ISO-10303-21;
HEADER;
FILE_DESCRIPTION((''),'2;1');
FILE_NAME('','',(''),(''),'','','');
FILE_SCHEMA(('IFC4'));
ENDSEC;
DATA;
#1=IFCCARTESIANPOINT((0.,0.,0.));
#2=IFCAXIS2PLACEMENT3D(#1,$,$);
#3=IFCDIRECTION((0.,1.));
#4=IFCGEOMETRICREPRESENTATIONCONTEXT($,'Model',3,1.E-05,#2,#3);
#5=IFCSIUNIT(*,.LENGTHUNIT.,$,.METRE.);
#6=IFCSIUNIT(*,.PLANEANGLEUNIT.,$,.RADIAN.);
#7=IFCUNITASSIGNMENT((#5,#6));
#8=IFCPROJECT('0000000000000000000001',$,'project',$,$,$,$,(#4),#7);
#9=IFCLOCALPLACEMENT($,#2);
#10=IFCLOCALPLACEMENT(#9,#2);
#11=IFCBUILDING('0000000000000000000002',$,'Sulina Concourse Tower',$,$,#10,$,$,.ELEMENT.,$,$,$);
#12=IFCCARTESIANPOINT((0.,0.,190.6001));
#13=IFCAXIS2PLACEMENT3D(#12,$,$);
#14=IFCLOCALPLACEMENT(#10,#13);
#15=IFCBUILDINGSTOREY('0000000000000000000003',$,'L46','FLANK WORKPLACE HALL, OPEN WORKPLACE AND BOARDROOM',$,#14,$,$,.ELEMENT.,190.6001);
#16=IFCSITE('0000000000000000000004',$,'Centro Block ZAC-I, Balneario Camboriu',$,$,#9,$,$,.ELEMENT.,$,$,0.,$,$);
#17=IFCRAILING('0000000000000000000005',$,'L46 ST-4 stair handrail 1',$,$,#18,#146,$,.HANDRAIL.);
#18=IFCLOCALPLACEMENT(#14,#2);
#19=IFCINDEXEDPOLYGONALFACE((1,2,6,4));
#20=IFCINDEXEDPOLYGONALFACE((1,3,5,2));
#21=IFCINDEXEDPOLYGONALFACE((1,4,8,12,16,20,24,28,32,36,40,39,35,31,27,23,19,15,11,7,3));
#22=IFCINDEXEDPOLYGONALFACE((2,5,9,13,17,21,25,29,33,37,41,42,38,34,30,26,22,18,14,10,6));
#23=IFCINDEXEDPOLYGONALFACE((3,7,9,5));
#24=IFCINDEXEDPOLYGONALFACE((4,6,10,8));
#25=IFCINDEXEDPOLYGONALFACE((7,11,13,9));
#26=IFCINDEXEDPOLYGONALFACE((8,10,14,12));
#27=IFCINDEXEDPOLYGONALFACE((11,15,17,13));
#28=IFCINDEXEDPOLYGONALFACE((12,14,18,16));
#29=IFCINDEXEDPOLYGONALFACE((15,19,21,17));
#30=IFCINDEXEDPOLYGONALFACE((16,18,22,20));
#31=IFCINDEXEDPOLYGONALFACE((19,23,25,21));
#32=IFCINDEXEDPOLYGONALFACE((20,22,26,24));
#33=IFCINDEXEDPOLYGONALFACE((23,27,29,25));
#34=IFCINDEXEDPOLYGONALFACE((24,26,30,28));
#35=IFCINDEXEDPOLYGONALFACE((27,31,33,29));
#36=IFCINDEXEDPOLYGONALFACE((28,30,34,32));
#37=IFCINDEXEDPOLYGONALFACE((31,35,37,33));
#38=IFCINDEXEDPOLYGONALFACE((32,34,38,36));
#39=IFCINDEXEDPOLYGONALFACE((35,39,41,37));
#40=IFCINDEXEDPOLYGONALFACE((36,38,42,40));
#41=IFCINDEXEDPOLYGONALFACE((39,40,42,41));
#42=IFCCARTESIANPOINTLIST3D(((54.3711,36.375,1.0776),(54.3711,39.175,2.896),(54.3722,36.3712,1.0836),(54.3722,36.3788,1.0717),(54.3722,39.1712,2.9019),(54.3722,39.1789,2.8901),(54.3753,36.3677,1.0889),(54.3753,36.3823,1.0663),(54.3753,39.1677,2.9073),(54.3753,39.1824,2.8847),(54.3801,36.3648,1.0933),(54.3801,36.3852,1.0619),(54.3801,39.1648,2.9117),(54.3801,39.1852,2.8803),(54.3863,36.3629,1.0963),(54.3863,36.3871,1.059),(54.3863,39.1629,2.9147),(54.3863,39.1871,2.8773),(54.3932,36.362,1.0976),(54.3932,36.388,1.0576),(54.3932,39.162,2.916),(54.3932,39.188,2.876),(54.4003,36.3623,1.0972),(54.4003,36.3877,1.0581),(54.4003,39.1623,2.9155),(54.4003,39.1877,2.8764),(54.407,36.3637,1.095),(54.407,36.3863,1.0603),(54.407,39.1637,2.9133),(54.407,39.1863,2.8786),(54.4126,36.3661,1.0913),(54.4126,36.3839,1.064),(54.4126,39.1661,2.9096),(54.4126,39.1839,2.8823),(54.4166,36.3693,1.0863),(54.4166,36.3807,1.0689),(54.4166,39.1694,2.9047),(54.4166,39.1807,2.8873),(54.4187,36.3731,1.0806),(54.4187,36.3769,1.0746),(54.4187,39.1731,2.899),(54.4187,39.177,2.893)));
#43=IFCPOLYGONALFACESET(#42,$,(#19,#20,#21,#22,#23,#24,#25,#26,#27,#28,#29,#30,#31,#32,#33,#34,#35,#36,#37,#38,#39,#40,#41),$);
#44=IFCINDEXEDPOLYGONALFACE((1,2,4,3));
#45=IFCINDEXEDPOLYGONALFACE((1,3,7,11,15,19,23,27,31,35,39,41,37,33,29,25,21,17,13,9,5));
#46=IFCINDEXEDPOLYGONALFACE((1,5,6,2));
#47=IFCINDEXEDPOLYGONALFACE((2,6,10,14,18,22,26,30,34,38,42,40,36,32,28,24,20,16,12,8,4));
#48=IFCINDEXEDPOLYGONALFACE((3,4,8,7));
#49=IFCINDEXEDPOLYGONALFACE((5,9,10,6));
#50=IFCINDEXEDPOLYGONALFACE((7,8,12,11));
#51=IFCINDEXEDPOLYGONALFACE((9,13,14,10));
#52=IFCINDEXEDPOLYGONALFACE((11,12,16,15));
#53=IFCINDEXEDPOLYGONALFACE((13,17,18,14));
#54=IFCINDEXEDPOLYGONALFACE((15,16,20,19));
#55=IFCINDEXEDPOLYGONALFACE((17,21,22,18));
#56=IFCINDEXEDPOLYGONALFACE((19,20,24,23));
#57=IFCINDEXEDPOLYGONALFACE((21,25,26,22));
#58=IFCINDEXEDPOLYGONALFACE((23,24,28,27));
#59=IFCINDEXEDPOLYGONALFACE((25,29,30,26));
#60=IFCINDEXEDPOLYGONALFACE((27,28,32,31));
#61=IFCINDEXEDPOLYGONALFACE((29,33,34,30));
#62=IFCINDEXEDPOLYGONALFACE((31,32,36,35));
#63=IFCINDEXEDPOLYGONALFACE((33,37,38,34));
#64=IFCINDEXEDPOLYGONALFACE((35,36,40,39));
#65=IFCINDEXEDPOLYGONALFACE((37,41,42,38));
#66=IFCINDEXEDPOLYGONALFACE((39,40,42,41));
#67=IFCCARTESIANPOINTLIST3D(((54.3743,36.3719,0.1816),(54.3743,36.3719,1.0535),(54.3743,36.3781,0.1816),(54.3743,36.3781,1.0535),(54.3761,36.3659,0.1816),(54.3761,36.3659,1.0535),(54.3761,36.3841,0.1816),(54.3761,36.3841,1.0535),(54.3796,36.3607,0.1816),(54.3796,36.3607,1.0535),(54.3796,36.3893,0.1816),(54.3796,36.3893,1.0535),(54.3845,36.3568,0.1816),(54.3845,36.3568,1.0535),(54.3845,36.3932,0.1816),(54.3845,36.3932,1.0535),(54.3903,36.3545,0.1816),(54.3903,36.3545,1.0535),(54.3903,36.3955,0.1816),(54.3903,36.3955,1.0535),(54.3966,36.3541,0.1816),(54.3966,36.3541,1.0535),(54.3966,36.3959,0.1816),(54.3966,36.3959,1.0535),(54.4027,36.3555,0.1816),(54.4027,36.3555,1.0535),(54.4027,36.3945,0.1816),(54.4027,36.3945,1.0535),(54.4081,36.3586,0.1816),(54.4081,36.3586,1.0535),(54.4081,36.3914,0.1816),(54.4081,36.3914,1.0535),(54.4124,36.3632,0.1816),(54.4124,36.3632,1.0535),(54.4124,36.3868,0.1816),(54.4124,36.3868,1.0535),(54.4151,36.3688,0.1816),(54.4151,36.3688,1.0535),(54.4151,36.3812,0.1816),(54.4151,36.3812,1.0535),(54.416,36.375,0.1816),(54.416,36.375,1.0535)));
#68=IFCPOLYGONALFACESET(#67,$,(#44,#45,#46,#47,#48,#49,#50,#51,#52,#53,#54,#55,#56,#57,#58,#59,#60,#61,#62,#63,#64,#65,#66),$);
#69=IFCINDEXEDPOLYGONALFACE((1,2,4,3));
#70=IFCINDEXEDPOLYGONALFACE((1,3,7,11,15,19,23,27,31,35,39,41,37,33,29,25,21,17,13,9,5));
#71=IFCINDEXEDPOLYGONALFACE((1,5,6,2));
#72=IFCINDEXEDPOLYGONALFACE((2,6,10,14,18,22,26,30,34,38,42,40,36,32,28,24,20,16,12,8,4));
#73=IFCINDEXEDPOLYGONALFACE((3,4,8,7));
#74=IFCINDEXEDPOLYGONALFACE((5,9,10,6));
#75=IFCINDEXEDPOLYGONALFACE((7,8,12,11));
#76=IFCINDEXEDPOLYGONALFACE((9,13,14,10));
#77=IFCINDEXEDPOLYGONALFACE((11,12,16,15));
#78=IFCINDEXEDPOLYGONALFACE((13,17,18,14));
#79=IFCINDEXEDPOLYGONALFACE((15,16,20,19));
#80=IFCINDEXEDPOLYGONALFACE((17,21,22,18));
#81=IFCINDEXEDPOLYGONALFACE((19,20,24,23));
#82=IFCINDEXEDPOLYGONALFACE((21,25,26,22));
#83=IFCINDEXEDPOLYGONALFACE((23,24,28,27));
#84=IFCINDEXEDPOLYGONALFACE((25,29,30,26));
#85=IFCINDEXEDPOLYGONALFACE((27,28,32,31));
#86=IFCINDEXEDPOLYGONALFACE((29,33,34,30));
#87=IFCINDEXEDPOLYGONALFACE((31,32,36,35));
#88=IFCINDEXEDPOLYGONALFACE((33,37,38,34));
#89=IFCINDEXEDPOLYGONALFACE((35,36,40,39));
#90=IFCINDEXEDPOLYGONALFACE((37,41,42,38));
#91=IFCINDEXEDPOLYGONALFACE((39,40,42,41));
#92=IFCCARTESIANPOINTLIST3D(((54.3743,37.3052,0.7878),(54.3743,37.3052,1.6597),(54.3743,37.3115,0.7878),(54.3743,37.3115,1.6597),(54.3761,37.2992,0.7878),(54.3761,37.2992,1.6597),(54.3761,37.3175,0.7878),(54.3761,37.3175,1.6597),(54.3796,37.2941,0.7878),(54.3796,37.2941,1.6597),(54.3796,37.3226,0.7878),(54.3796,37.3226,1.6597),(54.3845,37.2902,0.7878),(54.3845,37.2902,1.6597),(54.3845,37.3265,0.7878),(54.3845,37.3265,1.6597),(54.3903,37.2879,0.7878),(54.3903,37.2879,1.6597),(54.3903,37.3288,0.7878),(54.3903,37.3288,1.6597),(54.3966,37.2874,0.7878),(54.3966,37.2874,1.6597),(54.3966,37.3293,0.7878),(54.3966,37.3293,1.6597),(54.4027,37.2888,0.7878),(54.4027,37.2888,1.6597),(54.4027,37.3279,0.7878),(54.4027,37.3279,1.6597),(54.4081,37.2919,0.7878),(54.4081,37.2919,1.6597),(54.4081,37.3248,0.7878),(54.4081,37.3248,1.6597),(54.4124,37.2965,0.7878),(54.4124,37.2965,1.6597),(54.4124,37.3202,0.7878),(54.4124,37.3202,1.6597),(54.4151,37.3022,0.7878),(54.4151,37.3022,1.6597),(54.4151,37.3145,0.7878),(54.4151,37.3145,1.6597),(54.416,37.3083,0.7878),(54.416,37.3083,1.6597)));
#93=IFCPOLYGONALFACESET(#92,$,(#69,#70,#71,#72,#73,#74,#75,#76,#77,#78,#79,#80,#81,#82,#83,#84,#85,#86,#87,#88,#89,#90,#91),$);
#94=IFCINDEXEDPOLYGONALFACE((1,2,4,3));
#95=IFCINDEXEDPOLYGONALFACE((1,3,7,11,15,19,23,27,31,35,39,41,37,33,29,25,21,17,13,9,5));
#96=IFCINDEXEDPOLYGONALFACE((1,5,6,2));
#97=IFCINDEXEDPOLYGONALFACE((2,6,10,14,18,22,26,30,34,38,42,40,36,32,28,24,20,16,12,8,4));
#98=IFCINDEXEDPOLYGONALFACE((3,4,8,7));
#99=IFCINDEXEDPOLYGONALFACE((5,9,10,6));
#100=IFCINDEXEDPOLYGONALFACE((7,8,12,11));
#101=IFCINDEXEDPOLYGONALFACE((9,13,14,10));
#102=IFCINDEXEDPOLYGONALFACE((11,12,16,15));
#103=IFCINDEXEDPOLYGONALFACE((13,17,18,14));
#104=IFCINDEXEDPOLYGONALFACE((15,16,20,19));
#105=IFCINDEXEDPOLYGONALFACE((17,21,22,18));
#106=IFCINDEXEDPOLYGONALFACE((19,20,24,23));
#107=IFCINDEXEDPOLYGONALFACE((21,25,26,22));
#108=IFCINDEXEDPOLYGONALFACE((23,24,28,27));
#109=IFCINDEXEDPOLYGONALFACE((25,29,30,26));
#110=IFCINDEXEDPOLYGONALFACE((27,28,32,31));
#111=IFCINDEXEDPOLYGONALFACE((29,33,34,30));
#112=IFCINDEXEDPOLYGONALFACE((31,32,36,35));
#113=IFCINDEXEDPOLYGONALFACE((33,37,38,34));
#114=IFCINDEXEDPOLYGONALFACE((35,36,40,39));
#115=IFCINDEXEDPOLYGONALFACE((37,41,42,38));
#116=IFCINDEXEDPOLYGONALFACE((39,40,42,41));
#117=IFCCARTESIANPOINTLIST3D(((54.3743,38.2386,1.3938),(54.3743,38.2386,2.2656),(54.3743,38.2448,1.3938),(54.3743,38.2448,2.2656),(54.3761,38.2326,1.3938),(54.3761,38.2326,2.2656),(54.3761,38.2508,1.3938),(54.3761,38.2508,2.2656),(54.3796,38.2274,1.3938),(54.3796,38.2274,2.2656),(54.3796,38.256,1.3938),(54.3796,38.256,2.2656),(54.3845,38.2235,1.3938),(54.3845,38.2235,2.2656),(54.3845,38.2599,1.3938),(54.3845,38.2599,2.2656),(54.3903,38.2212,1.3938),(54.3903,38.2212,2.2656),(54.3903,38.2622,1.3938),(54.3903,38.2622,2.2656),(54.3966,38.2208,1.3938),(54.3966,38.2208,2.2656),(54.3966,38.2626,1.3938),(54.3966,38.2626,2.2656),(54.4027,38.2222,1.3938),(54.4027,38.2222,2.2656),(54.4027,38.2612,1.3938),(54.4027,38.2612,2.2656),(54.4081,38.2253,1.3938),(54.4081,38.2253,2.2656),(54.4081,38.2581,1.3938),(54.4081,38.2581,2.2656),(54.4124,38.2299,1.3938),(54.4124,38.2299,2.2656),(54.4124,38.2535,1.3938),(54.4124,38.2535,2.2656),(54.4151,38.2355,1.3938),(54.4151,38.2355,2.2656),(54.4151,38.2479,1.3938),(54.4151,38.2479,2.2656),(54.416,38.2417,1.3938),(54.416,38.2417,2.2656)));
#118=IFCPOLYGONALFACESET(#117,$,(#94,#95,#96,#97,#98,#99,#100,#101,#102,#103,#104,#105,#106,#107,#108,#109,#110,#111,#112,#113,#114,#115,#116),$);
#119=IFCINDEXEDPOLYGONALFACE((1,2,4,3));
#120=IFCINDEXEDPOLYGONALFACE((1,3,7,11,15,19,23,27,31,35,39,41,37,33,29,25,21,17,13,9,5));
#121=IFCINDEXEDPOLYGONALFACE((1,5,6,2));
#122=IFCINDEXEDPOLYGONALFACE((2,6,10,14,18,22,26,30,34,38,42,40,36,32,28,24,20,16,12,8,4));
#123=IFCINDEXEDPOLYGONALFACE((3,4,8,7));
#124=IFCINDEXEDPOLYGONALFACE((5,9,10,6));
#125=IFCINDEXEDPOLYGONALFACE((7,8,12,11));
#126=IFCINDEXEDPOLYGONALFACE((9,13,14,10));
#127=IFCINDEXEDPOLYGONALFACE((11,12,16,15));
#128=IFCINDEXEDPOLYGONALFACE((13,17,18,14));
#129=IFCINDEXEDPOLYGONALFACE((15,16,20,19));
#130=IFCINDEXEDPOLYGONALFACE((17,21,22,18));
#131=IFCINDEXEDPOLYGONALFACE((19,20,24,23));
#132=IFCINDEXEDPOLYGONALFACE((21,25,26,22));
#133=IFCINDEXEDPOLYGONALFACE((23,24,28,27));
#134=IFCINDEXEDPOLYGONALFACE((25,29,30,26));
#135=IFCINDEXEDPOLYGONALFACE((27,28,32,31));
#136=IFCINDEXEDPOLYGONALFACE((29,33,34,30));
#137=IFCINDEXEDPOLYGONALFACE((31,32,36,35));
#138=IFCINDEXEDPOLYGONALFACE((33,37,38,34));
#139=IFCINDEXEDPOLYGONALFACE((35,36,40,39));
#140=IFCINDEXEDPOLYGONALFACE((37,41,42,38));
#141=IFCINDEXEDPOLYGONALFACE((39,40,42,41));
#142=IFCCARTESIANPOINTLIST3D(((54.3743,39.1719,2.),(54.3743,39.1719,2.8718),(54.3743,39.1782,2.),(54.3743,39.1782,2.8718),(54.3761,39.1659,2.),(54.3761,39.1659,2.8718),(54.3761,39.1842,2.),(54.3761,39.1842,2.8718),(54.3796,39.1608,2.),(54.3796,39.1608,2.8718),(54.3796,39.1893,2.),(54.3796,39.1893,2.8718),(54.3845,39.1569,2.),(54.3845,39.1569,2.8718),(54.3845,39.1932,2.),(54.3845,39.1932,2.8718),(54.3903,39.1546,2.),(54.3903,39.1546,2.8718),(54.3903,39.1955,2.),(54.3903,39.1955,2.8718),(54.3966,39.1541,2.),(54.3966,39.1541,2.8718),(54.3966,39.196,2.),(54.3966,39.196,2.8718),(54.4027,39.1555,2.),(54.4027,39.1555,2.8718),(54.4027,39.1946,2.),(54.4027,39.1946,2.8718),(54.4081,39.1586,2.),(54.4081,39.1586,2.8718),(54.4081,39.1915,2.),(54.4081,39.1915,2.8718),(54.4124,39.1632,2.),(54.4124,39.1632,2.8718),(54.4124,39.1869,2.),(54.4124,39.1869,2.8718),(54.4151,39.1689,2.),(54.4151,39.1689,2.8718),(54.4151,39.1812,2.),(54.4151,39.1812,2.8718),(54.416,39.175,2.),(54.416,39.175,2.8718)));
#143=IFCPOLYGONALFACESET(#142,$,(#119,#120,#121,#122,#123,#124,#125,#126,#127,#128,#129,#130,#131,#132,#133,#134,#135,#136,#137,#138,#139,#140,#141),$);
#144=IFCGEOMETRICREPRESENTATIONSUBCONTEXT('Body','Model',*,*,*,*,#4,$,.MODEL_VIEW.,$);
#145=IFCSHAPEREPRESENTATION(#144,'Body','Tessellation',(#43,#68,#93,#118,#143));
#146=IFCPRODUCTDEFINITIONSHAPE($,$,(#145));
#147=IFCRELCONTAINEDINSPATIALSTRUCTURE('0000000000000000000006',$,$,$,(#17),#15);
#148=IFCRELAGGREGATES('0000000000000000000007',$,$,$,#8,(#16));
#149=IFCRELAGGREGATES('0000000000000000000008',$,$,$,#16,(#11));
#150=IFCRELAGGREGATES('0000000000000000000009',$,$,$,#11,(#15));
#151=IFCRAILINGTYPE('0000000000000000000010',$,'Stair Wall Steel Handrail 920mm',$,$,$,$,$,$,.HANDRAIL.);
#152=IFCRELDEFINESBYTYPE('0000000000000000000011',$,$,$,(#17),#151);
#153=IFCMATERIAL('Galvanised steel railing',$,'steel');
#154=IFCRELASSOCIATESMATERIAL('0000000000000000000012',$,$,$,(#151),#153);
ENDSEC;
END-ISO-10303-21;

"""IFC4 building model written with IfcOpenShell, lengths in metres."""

from ifc_helpers import new_model, si_unit, direction, frame, origin, origin_2d, place, context, subcontext, project, spatial, circle, extrude, material, type_object, element, save


model = new_model("IFC4")

# Units and contexts
model_context = context("Model", 3, precision=1e-05, world=origin(), true_north=direction((0.0, 1.0)))
body_context = subcontext(model_context, "Body", "Model", "MODEL_VIEW")
ifc_project = project(units=[si_unit("LENGTHUNIT", "METRE"), si_unit("PLANEANGLEUNIT", "RADIAN")], contexts=[model_context])

# Site, building, storey
site_placement = place(None, origin())
site = spatial("IfcSite", under=ifc_project, at=site_placement, Name="Centro Block ZAC-I, Balneario Camboriu", CompositionType="ELEMENT", RefElevation=0.0)
building_placement = place(site_placement, origin())
building = spatial("IfcBuilding", under=site, at=building_placement, Name="Sulina Concourse Tower", CompositionType="ELEMENT")
storey_placement = place(building_placement, frame((0.0, 0.0, 190.6001)))
storey = spatial("IfcBuildingStorey", under=building, at=storey_placement, Name="L46", Description="FLANK WORKPLACE HALL, OPEN WORKPLACE AND BOARDROOM", CompositionType="ELEMENT", Elevation=190.6001)

# Railing
ifc_material_1 = material(Name="Galvanised steel railing", Category="steel")
railing_type_1 = type_object("IfcRailingType", Name="Stair Wall Steel Handrail 920mm", PredefinedType="HANDRAIL", material=ifc_material_1)
for number, where, name in (
    (1, (54.395, 36.375, 0.1816), "L46 ST-4 stair handrail 1"),
):
    element("IfcRailing", number, at=place(storey_placement, frame(where)), inside=storey, type_object=railing_type_1, Name=name, PredefinedType="HANDRAIL", context=body_context, shape_type="SweptSolid", body=[
        extrude(circle(Radius=0.0239, at=origin_2d()), frame((0.0, 0.0, 0.896), z_axis=(0.0, 0.838672, 0.544636), x_axis=(-1.0, 0.0, 0.0)), (0.0, 0.0, 1.0), 3.3386),
        extrude(circle(Radius=0.021, at=origin_2d()), origin(), (0.0, 0.0, 1.0), 0.8718),
        extrude(circle(Radius=0.021, at=origin_2d()), frame((0.0, 0.9333, 0.6062)), (0.0, 0.0, 1.0), 0.8718),
        extrude(circle(Radius=0.021, at=origin_2d()), frame((0.0, 1.8667, 1.2122)), (0.0, 0.0, 1.0), 0.8718),
        extrude(circle(Radius=0.021, at=origin_2d()), frame((0.0, 2.8, 1.8184)), (0.0, 0.0, 1.0), 0.8718),
    ])

save(model, "model.ifc")
